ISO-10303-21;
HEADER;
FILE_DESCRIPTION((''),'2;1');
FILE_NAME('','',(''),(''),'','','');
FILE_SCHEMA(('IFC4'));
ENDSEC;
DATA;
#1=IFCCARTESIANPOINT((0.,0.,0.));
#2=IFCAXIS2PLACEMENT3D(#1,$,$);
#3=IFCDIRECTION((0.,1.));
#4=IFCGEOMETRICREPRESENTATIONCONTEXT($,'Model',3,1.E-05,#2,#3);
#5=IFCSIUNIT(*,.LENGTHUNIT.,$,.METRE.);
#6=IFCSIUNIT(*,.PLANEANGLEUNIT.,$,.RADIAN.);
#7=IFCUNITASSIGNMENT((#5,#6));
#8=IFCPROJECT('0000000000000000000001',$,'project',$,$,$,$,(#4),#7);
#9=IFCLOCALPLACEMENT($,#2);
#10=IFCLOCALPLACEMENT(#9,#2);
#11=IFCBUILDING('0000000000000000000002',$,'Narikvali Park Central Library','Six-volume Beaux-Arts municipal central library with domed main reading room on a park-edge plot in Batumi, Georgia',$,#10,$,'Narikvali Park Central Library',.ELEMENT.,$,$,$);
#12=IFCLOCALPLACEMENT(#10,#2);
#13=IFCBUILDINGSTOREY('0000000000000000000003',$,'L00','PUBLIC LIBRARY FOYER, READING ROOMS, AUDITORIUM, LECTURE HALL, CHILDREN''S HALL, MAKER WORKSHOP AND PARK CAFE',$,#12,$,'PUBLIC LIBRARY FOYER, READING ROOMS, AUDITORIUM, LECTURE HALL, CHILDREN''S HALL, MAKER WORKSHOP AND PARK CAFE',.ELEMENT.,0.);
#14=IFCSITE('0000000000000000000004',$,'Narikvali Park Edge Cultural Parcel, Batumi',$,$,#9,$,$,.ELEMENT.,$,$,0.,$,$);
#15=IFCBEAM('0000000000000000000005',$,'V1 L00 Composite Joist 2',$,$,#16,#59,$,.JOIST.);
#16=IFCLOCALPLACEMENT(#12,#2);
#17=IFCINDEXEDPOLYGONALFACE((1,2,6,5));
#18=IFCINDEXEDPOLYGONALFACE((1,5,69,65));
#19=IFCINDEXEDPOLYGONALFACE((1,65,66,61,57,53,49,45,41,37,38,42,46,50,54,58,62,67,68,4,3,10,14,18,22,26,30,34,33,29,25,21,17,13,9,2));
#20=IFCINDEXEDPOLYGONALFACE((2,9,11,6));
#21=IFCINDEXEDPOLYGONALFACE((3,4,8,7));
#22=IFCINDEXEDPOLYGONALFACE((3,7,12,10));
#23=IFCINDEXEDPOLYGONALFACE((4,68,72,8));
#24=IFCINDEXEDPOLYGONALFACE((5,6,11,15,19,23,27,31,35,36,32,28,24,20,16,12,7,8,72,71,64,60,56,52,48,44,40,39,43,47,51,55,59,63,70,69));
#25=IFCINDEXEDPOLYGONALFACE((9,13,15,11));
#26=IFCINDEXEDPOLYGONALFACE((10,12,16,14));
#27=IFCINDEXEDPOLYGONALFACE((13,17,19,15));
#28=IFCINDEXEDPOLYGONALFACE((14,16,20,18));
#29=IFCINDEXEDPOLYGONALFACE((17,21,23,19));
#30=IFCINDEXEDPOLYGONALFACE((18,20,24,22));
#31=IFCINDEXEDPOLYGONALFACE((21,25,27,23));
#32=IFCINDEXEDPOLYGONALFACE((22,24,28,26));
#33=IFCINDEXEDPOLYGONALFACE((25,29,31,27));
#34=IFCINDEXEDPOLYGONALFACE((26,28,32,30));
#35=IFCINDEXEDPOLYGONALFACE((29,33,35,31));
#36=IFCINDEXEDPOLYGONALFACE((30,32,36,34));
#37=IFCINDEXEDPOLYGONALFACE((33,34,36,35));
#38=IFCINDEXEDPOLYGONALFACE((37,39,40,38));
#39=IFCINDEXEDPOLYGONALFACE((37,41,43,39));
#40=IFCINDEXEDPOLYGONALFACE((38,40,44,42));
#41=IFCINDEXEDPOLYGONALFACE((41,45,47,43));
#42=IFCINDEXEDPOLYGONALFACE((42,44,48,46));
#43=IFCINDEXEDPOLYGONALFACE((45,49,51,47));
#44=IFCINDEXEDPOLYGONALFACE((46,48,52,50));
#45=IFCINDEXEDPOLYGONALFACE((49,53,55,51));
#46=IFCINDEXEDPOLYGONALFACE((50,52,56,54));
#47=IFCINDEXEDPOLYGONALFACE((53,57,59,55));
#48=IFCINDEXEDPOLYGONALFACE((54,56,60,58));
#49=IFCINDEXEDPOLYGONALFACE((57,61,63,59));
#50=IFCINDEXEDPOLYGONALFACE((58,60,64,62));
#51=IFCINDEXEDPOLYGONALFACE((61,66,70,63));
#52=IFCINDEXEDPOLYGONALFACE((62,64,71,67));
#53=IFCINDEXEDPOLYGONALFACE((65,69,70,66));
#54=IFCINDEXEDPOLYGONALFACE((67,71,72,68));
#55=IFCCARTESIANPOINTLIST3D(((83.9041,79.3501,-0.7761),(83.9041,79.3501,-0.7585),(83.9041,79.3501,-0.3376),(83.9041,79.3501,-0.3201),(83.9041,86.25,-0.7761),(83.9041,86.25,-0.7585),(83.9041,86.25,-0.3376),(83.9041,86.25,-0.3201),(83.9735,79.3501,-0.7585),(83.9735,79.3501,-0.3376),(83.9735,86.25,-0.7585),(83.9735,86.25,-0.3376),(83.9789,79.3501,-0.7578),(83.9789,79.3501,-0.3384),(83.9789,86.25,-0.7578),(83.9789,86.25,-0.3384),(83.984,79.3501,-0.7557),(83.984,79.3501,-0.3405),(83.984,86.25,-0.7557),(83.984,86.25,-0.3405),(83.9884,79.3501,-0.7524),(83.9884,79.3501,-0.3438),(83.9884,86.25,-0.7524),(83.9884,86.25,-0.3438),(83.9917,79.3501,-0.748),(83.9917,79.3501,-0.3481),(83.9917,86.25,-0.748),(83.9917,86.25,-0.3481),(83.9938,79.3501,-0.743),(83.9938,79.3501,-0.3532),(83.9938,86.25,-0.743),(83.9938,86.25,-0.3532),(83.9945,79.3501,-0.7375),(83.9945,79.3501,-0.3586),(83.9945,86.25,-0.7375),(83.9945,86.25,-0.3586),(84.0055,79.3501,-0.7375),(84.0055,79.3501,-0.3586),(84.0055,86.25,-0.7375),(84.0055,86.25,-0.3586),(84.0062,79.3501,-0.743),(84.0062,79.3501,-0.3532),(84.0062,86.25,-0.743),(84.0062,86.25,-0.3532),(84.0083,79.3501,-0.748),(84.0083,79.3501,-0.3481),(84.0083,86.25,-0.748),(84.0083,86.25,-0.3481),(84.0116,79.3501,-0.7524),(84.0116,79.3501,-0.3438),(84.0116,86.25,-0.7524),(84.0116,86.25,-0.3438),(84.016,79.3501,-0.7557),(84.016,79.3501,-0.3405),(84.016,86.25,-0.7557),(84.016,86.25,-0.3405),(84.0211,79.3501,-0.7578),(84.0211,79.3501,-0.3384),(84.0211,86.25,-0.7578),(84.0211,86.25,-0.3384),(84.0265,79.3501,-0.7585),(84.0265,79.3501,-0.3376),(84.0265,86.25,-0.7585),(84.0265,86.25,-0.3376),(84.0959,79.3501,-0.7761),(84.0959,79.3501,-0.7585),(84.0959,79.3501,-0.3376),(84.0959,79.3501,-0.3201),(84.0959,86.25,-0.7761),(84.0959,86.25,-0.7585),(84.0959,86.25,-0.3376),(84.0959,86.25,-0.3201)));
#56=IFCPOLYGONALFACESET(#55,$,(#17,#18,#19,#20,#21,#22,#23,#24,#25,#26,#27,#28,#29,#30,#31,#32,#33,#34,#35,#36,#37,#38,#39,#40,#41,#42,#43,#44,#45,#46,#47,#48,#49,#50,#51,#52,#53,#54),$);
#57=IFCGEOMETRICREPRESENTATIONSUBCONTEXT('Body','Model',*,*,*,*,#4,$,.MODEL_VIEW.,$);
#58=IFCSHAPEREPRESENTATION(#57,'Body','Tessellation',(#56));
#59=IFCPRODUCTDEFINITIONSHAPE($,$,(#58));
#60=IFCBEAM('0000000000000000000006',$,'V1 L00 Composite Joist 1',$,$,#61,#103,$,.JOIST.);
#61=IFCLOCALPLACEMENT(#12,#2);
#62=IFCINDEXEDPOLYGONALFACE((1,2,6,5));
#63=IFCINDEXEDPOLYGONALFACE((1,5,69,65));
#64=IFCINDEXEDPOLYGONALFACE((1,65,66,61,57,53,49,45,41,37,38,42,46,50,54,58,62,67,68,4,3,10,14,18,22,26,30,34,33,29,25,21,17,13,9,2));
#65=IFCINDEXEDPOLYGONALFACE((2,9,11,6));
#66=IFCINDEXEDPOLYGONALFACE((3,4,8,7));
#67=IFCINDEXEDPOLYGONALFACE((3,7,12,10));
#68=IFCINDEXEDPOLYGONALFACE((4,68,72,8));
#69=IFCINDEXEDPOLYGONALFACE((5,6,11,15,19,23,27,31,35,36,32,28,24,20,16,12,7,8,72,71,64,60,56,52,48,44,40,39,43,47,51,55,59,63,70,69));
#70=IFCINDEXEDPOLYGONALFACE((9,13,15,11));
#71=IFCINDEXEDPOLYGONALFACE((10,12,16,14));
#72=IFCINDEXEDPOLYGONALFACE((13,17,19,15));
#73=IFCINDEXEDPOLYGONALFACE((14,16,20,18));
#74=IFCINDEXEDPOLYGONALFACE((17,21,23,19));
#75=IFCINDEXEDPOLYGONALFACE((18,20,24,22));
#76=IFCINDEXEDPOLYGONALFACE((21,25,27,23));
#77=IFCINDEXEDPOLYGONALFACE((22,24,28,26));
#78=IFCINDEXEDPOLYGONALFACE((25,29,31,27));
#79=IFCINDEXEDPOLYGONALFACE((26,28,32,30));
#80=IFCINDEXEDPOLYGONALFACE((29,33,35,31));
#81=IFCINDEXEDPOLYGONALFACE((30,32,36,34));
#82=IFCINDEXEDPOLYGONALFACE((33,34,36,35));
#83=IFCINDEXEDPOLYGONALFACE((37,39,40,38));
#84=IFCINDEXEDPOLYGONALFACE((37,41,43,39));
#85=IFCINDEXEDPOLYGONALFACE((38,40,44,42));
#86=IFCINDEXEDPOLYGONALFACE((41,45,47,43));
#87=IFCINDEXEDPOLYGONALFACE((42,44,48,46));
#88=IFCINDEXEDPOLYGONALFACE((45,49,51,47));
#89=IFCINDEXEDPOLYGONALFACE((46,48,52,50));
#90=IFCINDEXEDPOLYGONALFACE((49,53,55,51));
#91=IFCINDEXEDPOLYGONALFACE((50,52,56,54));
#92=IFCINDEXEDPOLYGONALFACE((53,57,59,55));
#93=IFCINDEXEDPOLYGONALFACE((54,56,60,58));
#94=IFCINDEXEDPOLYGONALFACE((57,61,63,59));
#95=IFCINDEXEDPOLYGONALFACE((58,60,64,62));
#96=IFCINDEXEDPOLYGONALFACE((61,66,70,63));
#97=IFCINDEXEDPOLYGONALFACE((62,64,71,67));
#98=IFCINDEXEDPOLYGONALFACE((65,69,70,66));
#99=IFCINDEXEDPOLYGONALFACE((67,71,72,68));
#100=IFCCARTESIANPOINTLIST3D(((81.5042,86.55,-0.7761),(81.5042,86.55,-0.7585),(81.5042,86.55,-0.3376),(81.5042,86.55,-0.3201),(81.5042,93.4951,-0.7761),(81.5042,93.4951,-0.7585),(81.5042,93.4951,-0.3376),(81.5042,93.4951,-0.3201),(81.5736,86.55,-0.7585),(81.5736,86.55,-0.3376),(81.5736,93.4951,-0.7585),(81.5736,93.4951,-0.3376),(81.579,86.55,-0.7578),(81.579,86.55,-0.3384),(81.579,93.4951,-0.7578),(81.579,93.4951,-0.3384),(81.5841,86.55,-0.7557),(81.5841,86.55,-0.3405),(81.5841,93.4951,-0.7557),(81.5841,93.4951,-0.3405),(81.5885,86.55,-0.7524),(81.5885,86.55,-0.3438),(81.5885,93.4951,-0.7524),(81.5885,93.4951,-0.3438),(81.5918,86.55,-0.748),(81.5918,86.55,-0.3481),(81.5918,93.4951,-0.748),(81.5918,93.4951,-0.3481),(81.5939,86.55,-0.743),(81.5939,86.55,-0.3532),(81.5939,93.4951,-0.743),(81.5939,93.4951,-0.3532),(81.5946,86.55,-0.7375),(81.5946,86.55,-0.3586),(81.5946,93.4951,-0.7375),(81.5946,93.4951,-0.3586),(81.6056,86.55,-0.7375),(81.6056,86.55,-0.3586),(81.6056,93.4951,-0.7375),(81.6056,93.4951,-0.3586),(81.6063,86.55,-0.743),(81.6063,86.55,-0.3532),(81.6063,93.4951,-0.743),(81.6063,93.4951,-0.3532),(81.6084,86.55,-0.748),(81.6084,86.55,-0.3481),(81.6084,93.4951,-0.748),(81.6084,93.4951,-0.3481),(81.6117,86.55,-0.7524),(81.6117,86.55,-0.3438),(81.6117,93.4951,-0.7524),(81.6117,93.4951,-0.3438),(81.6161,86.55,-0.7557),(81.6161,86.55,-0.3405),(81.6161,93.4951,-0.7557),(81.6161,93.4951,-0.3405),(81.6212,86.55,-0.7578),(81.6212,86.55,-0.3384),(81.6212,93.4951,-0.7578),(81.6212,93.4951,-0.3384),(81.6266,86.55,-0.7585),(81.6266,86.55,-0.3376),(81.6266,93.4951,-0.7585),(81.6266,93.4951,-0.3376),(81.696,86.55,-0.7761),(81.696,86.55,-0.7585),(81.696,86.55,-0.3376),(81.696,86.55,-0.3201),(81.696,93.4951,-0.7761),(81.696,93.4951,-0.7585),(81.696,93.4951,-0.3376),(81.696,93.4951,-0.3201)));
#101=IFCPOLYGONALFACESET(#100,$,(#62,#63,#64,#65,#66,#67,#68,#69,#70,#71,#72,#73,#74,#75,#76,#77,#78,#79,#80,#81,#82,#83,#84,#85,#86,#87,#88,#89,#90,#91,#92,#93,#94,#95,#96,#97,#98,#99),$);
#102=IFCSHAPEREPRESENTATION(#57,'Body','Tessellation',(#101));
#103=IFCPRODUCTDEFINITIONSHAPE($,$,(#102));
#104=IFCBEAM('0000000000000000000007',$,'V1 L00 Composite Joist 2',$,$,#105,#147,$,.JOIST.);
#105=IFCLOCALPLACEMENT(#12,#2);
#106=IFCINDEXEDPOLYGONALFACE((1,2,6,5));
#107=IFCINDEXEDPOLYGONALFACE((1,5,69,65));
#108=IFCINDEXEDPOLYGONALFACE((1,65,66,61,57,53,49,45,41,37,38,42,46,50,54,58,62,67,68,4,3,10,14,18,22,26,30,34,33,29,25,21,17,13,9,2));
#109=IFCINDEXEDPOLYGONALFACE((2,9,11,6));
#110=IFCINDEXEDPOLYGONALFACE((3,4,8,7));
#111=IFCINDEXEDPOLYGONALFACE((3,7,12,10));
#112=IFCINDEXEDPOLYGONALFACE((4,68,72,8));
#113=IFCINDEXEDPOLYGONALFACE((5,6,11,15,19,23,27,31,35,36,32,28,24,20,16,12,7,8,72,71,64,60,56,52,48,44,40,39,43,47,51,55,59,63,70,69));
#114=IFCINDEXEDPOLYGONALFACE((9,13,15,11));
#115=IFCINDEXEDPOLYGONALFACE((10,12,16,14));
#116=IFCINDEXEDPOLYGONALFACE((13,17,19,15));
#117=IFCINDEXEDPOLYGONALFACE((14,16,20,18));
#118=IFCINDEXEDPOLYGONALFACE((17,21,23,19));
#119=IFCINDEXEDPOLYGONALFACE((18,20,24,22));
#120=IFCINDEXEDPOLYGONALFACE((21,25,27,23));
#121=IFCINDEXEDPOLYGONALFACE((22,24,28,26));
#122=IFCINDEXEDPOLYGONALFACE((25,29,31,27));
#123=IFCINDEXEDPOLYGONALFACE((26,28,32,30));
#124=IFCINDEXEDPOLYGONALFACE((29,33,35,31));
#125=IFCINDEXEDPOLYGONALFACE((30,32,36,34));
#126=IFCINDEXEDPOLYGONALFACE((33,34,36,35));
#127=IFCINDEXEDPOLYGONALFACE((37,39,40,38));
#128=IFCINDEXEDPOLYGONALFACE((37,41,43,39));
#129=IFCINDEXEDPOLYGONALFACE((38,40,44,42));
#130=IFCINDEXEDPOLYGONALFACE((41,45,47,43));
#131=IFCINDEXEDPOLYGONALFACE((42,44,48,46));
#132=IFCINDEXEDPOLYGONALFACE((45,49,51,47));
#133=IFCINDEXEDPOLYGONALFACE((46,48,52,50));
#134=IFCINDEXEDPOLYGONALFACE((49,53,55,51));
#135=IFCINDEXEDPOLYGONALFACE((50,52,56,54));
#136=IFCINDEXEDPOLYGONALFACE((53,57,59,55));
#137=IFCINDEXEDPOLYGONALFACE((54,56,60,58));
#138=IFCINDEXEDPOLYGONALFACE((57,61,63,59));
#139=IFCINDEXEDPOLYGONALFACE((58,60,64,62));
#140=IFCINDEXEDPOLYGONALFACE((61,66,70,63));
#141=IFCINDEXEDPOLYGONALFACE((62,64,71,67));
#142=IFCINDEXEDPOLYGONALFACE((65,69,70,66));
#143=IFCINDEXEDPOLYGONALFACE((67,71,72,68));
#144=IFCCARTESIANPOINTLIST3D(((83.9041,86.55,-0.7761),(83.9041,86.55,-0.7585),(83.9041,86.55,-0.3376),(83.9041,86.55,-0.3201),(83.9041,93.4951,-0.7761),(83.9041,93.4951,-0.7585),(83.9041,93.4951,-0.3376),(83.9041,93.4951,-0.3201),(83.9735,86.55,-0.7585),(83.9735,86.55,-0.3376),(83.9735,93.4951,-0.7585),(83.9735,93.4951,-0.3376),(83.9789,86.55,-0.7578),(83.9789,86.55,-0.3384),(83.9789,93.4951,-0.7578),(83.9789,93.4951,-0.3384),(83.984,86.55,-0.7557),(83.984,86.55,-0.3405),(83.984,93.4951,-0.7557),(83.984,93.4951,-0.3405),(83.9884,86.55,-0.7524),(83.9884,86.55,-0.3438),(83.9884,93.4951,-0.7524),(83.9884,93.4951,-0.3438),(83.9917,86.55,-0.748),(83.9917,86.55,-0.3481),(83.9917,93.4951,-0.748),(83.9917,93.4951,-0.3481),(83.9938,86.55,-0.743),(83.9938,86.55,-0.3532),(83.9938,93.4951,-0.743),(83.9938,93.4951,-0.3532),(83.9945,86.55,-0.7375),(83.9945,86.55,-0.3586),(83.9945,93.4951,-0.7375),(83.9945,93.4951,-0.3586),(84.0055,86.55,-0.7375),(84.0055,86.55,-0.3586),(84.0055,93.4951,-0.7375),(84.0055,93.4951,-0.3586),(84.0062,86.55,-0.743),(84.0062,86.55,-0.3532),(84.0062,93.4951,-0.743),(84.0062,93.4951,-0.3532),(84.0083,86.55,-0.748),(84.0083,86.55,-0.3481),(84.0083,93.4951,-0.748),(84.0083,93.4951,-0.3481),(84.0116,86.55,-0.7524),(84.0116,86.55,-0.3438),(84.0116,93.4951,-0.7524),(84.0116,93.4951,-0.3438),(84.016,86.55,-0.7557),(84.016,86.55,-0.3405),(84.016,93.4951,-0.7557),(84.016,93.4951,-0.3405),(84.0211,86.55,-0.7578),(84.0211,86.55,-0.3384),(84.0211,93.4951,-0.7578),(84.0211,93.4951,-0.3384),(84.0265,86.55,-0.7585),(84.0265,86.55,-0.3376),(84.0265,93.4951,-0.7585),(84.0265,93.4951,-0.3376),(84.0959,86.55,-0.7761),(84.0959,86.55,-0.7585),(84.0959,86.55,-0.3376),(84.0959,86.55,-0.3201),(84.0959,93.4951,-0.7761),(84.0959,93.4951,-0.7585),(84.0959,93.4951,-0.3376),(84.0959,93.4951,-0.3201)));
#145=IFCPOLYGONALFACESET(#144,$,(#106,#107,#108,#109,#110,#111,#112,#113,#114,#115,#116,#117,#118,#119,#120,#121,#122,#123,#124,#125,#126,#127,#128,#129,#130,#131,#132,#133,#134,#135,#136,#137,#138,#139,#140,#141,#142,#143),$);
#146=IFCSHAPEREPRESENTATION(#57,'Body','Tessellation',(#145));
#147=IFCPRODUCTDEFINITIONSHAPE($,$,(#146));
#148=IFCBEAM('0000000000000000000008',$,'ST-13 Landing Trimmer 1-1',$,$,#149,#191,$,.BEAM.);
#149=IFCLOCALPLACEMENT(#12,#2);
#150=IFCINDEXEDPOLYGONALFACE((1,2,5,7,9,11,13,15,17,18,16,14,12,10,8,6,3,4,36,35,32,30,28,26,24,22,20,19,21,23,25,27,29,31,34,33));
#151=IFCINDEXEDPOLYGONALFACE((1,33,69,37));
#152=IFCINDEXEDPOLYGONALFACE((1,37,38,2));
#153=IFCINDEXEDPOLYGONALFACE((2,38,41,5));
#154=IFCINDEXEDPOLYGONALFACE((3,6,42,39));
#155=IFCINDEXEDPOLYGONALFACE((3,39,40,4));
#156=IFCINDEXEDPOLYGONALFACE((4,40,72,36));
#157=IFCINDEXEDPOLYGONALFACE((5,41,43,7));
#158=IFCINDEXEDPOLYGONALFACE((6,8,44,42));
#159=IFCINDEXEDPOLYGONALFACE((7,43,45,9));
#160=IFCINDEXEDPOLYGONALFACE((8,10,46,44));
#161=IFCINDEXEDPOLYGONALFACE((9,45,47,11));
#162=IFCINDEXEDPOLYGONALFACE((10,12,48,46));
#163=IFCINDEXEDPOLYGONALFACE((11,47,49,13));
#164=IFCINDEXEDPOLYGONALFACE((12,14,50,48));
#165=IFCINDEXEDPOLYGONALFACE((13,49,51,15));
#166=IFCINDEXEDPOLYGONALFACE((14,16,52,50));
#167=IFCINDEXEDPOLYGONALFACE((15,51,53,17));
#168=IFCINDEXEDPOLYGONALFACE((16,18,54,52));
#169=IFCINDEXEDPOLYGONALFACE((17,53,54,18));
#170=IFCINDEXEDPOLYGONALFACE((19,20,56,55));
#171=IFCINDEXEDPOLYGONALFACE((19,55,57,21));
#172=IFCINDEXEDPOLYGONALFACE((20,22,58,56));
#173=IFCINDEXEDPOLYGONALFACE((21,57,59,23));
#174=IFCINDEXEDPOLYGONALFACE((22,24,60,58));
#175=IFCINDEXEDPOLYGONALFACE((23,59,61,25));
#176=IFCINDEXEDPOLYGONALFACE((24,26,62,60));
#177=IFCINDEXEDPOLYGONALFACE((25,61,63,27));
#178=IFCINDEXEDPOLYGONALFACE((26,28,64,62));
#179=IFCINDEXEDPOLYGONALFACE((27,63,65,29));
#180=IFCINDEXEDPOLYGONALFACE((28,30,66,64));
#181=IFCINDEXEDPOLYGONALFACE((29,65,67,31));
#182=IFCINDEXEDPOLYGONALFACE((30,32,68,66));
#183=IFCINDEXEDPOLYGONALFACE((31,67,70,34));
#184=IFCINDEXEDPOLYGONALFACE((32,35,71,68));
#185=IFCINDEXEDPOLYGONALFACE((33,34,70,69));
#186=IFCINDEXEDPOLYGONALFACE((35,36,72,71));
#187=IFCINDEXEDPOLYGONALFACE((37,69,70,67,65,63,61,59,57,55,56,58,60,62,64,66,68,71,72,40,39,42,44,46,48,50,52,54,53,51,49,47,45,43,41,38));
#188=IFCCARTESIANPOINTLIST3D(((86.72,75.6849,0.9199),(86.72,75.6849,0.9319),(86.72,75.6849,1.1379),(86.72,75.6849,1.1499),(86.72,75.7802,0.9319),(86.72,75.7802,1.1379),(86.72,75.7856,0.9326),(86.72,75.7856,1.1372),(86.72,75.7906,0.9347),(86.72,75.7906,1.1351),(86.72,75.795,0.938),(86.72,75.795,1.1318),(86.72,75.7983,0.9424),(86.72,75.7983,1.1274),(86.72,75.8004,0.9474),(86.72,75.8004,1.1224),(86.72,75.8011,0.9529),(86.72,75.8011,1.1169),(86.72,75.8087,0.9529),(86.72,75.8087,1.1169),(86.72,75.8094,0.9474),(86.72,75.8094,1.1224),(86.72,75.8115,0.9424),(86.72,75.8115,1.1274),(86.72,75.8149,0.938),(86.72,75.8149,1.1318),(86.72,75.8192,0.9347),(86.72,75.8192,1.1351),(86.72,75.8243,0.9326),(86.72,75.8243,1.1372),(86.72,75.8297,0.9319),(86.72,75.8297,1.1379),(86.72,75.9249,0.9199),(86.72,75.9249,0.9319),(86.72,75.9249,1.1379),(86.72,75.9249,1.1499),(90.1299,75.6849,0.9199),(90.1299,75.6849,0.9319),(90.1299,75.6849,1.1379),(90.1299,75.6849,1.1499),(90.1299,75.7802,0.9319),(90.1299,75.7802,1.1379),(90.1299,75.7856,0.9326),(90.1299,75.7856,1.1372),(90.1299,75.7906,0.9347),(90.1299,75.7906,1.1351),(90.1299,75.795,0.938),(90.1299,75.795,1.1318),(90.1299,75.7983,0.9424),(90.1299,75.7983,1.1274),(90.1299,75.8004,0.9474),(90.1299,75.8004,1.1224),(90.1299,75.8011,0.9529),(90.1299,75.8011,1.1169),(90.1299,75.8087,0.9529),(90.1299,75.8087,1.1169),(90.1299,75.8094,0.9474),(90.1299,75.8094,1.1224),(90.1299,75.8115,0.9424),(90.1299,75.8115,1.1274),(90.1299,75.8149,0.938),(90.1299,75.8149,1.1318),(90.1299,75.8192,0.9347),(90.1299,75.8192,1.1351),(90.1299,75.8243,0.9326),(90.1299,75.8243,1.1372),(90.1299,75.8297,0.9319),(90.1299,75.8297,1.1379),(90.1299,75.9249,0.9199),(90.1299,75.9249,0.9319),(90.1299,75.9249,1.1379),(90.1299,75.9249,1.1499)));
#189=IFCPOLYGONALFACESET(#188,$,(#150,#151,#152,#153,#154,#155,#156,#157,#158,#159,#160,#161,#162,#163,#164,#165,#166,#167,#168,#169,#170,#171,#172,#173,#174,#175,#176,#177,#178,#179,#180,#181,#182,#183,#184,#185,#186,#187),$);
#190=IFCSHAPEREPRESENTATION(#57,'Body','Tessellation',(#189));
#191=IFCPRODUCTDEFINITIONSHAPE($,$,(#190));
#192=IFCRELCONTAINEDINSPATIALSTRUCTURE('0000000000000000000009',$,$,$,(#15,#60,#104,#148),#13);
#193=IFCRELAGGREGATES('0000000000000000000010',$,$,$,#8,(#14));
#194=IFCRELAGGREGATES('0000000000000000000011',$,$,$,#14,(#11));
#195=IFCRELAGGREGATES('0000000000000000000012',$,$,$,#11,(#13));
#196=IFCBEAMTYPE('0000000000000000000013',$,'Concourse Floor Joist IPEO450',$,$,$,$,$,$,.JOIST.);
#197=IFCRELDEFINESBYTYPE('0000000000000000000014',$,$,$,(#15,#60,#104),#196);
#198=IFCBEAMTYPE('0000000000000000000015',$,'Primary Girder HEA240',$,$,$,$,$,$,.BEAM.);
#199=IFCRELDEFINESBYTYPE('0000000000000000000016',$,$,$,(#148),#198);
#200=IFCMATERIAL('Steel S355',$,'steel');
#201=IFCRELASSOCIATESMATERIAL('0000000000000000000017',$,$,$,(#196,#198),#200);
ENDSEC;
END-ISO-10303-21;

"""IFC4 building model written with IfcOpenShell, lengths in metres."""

from ifc_helpers import new_model, si_unit, direction, frame, origin, origin_2d, place, context, subcontext, project, spatial, i_section, extrude, material, material_profile, profile_set, type_object, element, save


model = new_model("IFC4")

# Units and contexts
model_context = context("Model", 3, precision=1e-05, world=origin(), true_north=direction((0.0, 1.0)))
body_context = subcontext(model_context, "Body", "Model", "MODEL_VIEW")
ifc_project = project(units=[si_unit("LENGTHUNIT", "METRE"), si_unit("PLANEANGLEUNIT", "RADIAN")], contexts=[model_context])

# Site, building, storey
site_placement = place(None, origin())
site = spatial("IfcSite", under=ifc_project, at=site_placement, Name="Narikvali Park Edge Cultural Parcel, Batumi", CompositionType="ELEMENT", RefElevation=0.0)
building_placement = place(site_placement, origin())
building = spatial("IfcBuilding", under=site, at=building_placement, Name="Narikvali Park Central Library", Description="Six-volume Beaux-Arts municipal central library with domed main reading room on a park-edge plot in Batumi, Georgia", LongName="Narikvali Park Central Library", CompositionType="ELEMENT")
storey_placement = place(building_placement, origin())
storey = spatial("IfcBuildingStorey", under=building, at=storey_placement, Name="L00", Description="PUBLIC LIBRARY FOYER, READING ROOMS, AUDITORIUM, LECTURE HALL, CHILDREN'S HALL, MAKER WORKSHOP AND PARK CAFE", LongName="PUBLIC LIBRARY FOYER, READING ROOMS, AUDITORIUM, LECTURE HALL, CHILDREN'S HALL, MAKER WORKSHOP AND PARK CAFE", CompositionType="ELEMENT", Elevation=0.0)

# Shared definitions
ifc_material_1 = material(Name="Steel S355", Category="steel")

# Beams
ifc_material_profile_1 = material_profile(ifc_material_1, i_section(OverallWidth=0.1919, OverallDepth=0.4561, WebThickness=0.011, FlangeThickness=0.0176, FilletRadius=0.021, at=origin_2d()), Name="IPEO 450")
ifc_profile_set_1 = profile_set([ifc_material_profile_1], Name="Steel S355")
beam_type_1 = type_object("IfcBeamType", Name="Concourse Floor Joist IPEO450", PredefinedType="JOIST", material=ifc_profile_set_1)
for number, where, z_axis, x_axis, name in (
    (1, (84.0, 79.3501, -0.5481), (0.0, 1.0, 0.0), (-1.0, 0.0, 0.0), "V1 L00 Composite Joist 2"),
):
    element("IfcBeam", number, at=place(storey_placement, frame(where, z_axis=z_axis, x_axis=x_axis)), inside=storey, type_object=beam_type_1, Name=name, PredefinedType="JOIST", context=body_context, shape_type="SweptSolid", body=[
        extrude(i_section(OverallWidth=0.1919, OverallDepth=0.4561, WebThickness=0.011, FlangeThickness=0.0176, FilletRadius=0.021, at=origin_2d()), origin(), (0.0, 0.0, 1.0), 6.8999),
    ])
for number, where, z_axis, x_axis, name in (
    (2, (81.6001, 86.55, -0.5481), (0.0, 1.0, 0.0), (-1.0, 0.0, 0.0), "V1 L00 Composite Joist 1"),
    (3, (84.0, 86.55, -0.5481), (0.0, 1.0, 0.0), (-1.0, 0.0, 0.0), "V1 L00 Composite Joist 2"),
):
    element("IfcBeam", number, at=place(storey_placement, frame(where, z_axis=z_axis, x_axis=x_axis)), inside=storey, type_object=beam_type_1, Name=name, PredefinedType="JOIST", context=body_context, shape_type="SweptSolid", body=[
        extrude(i_section(OverallWidth=0.1919, OverallDepth=0.4561, WebThickness=0.011, FlangeThickness=0.0176, FilletRadius=0.021, at=origin_2d()), origin(), (0.0, 0.0, 1.0), 6.9451),
    ])
ifc_material_profile_2 = material_profile(ifc_material_1, i_section(OverallWidth=0.24, OverallDepth=0.23, WebThickness=0.0076, FlangeThickness=0.012, FilletRadius=0.021, at=origin_2d()), Name="HEA 240")
ifc_profile_set_2 = profile_set([ifc_material_profile_2], Name="Steel S355")
beam_type_2 = type_object("IfcBeamType", Name="Primary Girder HEA240", PredefinedType="BEAM", material=ifc_profile_set_2)
for number, where, z_axis, x_axis, name in (
    (4, (86.72, 75.8049, 1.0349), (1.0, 0.0, 0.0), (0.0, 1.0, 0.0), "ST-13 Landing Trimmer 1-1"),
):
    element("IfcBeam", number, at=place(storey_placement, frame(where, z_axis=z_axis, x_axis=x_axis)), inside=storey, type_object=beam_type_2, Name=name, PredefinedType="BEAM", context=body_context, shape_type="SweptSolid", body=[
        extrude(i_section(OverallWidth=0.24, OverallDepth=0.23, WebThickness=0.0076, FlangeThickness=0.012, FilletRadius=0.021, at=origin_2d()), origin(), (0.0, 0.0, 1.0), 3.4099),
    ])

save(model, "model.ifc")
